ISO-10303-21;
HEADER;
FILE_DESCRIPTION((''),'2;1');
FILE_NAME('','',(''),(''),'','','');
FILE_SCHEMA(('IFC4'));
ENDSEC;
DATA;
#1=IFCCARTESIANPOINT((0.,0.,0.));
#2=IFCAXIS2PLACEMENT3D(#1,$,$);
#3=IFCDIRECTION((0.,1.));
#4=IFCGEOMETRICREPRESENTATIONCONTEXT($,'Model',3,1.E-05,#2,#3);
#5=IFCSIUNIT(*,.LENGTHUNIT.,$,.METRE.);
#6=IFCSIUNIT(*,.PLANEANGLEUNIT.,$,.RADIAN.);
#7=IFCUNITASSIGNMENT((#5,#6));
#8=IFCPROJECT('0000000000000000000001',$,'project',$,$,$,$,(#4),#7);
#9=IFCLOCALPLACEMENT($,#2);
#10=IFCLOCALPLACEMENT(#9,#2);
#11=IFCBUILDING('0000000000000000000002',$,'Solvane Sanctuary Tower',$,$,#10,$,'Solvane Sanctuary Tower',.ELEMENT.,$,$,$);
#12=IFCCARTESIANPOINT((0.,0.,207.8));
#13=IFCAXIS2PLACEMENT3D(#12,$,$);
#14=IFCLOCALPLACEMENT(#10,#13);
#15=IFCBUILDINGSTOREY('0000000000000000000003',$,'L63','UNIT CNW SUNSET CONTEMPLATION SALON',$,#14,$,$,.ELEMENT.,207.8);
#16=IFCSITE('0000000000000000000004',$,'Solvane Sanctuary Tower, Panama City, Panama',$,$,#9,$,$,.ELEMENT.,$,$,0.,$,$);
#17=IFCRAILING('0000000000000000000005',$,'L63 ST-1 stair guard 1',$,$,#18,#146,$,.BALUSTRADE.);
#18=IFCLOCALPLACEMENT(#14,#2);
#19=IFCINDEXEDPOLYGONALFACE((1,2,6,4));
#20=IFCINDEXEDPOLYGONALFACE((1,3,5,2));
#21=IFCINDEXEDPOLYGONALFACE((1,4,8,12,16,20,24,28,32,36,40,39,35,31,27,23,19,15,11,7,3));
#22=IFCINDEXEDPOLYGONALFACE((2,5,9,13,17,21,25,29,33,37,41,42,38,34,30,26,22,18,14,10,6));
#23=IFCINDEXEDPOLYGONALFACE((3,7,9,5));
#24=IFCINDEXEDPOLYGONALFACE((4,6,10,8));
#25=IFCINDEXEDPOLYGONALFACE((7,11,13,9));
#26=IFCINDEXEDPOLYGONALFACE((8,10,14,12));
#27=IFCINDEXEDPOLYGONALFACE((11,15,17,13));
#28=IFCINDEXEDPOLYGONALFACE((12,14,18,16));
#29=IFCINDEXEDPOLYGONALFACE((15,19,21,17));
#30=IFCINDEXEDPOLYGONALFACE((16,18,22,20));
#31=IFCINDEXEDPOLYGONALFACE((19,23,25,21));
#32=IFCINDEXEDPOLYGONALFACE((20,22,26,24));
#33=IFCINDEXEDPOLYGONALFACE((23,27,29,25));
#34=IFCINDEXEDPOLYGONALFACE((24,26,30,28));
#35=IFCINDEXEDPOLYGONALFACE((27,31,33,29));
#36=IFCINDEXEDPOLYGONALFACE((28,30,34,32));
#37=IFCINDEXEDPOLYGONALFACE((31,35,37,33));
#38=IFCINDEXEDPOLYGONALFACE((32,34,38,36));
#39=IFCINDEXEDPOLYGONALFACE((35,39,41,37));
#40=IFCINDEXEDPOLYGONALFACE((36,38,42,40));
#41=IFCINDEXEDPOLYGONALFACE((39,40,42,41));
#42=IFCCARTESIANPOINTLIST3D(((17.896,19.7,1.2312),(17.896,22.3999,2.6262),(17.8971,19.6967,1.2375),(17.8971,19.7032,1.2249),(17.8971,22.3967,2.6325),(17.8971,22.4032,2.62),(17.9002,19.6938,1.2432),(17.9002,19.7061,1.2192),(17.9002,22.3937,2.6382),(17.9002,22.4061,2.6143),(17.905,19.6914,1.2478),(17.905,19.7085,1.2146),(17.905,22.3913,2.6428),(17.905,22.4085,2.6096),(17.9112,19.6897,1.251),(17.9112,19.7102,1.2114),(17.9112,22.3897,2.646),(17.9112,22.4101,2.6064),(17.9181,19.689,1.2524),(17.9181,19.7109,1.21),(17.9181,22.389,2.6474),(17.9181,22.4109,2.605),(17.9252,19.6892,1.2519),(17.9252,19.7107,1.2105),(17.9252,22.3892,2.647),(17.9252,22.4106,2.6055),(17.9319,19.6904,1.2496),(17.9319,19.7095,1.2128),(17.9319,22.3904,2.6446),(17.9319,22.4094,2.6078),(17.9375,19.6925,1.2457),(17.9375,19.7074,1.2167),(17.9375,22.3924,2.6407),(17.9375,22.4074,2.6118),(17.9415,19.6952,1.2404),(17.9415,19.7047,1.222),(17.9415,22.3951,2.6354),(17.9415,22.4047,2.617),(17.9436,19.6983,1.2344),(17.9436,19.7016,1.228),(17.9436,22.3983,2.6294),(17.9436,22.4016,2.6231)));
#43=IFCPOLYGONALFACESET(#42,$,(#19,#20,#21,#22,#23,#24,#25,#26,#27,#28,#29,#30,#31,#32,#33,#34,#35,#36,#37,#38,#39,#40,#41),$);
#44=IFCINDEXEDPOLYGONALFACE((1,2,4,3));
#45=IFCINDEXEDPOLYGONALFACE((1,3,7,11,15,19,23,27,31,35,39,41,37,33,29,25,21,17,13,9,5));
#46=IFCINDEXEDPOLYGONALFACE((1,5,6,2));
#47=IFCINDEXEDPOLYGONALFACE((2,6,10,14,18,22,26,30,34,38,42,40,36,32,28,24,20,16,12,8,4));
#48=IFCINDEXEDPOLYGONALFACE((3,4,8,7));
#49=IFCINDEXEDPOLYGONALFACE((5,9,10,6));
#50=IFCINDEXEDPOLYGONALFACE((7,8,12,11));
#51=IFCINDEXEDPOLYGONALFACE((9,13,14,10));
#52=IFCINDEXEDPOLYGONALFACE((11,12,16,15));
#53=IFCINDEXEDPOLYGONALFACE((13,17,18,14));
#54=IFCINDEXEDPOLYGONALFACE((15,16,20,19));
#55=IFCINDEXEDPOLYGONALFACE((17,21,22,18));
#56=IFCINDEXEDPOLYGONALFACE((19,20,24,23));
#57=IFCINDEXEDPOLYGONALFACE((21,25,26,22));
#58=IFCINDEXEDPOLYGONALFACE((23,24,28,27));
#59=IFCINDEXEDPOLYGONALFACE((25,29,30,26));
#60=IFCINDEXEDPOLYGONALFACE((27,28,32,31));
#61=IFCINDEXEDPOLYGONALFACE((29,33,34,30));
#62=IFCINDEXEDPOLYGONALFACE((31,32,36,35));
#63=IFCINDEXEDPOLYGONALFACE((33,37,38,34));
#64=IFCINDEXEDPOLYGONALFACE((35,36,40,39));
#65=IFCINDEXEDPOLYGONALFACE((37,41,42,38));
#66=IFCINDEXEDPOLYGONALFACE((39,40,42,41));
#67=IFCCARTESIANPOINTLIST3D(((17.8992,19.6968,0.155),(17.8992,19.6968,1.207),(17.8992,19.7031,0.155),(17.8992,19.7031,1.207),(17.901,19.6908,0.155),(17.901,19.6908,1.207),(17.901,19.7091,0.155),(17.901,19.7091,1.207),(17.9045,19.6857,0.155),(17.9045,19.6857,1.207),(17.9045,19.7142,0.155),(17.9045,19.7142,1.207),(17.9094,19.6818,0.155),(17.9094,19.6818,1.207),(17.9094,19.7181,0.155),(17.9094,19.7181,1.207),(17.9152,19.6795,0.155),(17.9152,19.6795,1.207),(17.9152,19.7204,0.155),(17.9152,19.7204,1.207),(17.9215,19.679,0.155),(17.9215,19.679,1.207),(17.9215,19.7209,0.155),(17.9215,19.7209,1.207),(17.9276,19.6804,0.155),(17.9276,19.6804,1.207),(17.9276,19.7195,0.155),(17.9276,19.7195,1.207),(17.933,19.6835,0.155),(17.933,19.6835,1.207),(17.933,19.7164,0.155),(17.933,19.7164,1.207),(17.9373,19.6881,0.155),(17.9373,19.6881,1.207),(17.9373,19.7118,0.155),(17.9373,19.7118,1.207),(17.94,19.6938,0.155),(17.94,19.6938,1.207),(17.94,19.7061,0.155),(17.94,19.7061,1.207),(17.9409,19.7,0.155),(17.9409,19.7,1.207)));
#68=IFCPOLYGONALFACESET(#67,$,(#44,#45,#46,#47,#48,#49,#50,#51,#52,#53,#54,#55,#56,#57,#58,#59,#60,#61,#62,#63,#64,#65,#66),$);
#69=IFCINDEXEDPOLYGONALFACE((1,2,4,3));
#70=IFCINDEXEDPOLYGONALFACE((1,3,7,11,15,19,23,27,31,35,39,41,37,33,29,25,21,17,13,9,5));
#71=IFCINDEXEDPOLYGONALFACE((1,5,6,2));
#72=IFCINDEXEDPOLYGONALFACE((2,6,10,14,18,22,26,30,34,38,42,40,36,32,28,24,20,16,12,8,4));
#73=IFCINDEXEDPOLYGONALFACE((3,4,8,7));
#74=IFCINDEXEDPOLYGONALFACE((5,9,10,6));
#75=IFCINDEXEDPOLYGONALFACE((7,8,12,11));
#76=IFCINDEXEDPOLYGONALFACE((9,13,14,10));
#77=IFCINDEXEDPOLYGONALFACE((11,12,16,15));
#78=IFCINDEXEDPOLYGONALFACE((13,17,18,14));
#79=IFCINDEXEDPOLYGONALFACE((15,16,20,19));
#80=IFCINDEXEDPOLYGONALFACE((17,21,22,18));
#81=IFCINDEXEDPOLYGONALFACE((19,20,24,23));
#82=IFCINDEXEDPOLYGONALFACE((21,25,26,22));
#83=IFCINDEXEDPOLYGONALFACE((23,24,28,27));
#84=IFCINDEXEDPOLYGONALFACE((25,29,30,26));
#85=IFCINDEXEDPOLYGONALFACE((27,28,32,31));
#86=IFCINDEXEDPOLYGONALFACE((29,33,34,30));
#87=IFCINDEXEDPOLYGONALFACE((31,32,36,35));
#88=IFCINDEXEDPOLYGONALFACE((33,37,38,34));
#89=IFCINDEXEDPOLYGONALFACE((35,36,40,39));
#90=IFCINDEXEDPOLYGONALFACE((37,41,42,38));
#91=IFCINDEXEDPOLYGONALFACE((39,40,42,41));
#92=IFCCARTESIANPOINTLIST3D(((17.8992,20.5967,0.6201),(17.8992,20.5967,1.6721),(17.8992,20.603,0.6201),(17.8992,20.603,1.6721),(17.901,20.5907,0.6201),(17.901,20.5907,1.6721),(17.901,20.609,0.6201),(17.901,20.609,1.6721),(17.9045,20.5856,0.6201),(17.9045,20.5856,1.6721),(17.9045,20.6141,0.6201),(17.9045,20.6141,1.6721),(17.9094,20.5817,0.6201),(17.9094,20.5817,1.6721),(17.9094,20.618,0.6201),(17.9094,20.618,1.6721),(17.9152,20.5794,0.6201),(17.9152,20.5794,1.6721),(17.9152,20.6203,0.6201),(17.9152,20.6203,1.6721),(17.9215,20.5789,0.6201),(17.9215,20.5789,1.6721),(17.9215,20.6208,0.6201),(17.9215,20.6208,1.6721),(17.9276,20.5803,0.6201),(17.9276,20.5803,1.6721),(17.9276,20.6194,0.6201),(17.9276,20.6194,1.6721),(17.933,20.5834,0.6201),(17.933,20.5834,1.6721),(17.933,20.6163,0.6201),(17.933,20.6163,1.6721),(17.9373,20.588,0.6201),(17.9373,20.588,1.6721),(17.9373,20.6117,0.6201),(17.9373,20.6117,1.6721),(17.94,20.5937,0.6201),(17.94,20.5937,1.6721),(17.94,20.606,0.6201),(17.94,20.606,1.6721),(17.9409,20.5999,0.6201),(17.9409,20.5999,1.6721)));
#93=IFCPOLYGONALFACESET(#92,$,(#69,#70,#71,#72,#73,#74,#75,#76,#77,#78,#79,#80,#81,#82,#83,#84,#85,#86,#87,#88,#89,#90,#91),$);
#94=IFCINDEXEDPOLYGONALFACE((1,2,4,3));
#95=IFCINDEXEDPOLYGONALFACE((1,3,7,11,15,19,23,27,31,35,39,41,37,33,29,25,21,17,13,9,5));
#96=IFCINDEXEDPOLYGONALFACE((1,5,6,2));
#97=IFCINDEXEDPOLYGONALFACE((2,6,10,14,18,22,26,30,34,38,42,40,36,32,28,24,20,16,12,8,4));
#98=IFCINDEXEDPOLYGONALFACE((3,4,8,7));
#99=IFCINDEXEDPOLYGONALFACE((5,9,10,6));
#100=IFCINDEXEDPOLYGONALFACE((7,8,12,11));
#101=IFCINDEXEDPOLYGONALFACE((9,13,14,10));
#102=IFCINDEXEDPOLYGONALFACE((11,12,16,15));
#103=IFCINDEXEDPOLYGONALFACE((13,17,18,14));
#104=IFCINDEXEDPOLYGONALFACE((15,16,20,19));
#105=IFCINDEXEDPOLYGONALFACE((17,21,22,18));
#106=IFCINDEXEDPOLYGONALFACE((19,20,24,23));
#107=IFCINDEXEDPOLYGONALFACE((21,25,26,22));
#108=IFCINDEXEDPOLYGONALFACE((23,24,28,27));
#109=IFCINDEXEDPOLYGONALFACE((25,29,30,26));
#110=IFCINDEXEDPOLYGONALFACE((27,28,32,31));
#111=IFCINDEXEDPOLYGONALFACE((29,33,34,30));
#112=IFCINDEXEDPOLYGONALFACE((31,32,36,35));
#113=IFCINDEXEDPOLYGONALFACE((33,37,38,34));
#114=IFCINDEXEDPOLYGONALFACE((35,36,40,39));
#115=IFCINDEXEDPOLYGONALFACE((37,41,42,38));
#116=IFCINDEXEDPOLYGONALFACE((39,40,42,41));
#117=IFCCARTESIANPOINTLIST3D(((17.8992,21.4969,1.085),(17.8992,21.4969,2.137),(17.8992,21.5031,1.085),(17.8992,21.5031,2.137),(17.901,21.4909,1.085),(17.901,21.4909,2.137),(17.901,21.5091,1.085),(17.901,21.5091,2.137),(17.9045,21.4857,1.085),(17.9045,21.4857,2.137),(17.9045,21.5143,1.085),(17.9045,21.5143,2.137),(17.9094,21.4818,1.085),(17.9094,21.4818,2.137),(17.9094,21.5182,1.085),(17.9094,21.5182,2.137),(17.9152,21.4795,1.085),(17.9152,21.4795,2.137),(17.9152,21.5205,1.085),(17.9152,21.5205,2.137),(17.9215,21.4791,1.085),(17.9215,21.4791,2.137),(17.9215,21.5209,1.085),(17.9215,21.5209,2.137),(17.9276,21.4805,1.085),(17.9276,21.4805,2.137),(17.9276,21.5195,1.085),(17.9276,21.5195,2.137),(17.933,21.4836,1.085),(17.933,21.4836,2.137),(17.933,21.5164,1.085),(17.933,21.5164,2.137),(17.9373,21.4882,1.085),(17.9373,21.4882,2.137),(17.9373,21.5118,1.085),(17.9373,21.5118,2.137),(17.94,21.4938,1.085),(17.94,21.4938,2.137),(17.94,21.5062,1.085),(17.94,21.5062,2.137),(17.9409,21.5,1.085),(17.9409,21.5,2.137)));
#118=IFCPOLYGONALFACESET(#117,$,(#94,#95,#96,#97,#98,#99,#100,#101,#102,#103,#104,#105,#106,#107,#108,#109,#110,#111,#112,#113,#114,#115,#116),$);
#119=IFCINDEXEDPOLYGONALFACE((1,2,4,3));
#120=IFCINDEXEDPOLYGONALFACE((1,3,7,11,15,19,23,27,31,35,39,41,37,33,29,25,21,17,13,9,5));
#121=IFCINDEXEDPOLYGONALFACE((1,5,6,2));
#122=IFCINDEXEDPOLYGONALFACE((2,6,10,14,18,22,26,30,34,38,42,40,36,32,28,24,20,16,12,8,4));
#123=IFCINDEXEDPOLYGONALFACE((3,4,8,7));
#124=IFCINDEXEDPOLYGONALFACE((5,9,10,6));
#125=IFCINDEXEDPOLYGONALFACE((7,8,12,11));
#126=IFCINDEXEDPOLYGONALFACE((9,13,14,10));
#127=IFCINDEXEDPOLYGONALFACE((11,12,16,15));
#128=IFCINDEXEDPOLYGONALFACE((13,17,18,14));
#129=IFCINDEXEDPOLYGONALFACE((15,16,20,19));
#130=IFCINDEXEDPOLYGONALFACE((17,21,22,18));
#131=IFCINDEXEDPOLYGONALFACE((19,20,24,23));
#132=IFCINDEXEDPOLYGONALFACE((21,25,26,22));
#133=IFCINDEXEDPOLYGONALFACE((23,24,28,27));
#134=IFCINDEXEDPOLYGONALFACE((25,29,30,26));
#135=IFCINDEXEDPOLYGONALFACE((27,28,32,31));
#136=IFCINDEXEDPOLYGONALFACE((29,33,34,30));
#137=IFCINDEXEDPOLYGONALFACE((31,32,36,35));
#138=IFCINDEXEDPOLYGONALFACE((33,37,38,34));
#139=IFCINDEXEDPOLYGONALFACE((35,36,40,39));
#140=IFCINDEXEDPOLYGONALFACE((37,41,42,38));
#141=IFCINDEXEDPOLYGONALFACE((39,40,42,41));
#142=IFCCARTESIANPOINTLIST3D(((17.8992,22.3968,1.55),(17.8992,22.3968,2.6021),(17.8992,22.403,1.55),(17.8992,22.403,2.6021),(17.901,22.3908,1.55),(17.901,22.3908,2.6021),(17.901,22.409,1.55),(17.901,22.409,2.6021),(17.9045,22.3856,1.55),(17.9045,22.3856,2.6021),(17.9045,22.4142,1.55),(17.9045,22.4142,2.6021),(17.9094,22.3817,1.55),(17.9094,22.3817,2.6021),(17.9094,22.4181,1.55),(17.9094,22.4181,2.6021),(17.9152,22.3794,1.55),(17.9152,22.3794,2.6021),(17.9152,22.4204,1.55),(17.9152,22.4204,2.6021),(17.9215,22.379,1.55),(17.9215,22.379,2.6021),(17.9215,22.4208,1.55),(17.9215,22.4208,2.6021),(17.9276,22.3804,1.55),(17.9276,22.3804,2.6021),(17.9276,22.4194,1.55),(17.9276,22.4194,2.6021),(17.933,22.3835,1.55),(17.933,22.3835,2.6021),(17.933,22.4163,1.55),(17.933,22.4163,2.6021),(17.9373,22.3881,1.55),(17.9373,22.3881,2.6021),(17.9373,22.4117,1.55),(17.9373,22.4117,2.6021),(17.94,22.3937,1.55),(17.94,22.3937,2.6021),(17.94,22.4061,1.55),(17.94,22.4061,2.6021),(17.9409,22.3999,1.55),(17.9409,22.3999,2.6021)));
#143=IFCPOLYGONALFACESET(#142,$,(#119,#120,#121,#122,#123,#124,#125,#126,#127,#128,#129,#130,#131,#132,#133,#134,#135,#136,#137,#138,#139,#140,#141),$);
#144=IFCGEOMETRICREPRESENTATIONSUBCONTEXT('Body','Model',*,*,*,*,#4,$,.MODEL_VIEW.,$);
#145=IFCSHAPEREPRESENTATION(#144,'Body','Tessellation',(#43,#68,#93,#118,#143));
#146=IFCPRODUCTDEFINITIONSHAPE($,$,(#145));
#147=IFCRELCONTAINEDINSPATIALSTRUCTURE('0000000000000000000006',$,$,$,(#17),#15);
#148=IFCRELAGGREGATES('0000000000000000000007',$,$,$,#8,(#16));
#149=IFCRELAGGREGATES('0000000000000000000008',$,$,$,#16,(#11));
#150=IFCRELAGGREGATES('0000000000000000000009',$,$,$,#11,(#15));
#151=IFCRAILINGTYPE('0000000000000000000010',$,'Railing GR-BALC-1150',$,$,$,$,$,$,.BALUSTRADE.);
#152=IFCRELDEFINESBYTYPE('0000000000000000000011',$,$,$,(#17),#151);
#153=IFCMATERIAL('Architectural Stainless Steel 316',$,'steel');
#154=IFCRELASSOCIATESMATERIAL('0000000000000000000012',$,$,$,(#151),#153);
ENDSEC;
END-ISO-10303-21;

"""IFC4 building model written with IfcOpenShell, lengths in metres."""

from ifc_helpers import new_model, si_unit, direction, frame, origin, origin_2d, place, context, subcontext, project, spatial, circle, extrude, material, type_object, element, save


model = new_model("IFC4")

# Units and contexts
model_context = context("Model", 3, precision=1e-05, world=origin(), true_north=direction((0.0, 1.0)))
body_context = subcontext(model_context, "Body", "Model", "MODEL_VIEW")
ifc_project = project(units=[si_unit("LENGTHUNIT", "METRE"), si_unit("PLANEANGLEUNIT", "RADIAN")], contexts=[model_context])

# Site, building, storey
site_placement = place(None, origin())
site = spatial("IfcSite", under=ifc_project, at=site_placement, Name="Solvane Sanctuary Tower, Panama City, Panama", CompositionType="ELEMENT", RefElevation=0.0)
building_placement = place(site_placement, origin())
building = spatial("IfcBuilding", under=site, at=building_placement, Name="Solvane Sanctuary Tower", LongName="Solvane Sanctuary Tower", CompositionType="ELEMENT")
storey_placement = place(building_placement, frame((0.0, 0.0, 207.8)))
storey = spatial("IfcBuildingStorey", under=building, at=storey_placement, Name="L63", Description="UNIT CNW SUNSET CONTEMPLATION SALON", CompositionType="ELEMENT", Elevation=207.8)

# Shared definitions
ifc_material_1 = material(Name="Architectural Stainless Steel 316", Category="steel")

# Railing
railing_type_1 = type_object("IfcRailingType", Name="Railing GR-BALC-1150", PredefinedType="BALUSTRADE", material=ifc_material_1)
railing_1_placement = place(storey_placement, frame((17.9199, 19.7, 0.155)))
element("IfcRailing", 1, at=railing_1_placement, inside=storey, type_object=railing_type_1, Name="L63 ST-1 stair guard 1", PredefinedType="BALUSTRADE", context=body_context, shape_type="SweptSolid", body=[
    extrude(circle(Radius=0.0239, at=origin_2d()), frame((0.0, 0.0, 1.0762), z_axis=(0.0, 0.88842, 0.459032), x_axis=(-1.0, 0.0, 0.0)), (0.0, 0.0, 1.0), 3.0391),
    extrude(circle(Radius=0.021, at=origin_2d()), origin(), (0.0, 0.0, 1.0), 1.052),
    extrude(circle(Radius=0.021, at=origin_2d()), frame((0.0, 0.8999, 0.4651)), (0.0, 0.0, 1.0), 1.052),
    extrude(circle(Radius=0.021, at=origin_2d()), frame((0.0, 1.8, 0.9299)), (0.0, 0.0, 1.0), 1.052),
    extrude(circle(Radius=0.021, at=origin_2d()), frame((0.0, 2.7, 1.395)), (0.0, 0.0, 1.0), 1.052),
])

save(model, "model.ifc")
